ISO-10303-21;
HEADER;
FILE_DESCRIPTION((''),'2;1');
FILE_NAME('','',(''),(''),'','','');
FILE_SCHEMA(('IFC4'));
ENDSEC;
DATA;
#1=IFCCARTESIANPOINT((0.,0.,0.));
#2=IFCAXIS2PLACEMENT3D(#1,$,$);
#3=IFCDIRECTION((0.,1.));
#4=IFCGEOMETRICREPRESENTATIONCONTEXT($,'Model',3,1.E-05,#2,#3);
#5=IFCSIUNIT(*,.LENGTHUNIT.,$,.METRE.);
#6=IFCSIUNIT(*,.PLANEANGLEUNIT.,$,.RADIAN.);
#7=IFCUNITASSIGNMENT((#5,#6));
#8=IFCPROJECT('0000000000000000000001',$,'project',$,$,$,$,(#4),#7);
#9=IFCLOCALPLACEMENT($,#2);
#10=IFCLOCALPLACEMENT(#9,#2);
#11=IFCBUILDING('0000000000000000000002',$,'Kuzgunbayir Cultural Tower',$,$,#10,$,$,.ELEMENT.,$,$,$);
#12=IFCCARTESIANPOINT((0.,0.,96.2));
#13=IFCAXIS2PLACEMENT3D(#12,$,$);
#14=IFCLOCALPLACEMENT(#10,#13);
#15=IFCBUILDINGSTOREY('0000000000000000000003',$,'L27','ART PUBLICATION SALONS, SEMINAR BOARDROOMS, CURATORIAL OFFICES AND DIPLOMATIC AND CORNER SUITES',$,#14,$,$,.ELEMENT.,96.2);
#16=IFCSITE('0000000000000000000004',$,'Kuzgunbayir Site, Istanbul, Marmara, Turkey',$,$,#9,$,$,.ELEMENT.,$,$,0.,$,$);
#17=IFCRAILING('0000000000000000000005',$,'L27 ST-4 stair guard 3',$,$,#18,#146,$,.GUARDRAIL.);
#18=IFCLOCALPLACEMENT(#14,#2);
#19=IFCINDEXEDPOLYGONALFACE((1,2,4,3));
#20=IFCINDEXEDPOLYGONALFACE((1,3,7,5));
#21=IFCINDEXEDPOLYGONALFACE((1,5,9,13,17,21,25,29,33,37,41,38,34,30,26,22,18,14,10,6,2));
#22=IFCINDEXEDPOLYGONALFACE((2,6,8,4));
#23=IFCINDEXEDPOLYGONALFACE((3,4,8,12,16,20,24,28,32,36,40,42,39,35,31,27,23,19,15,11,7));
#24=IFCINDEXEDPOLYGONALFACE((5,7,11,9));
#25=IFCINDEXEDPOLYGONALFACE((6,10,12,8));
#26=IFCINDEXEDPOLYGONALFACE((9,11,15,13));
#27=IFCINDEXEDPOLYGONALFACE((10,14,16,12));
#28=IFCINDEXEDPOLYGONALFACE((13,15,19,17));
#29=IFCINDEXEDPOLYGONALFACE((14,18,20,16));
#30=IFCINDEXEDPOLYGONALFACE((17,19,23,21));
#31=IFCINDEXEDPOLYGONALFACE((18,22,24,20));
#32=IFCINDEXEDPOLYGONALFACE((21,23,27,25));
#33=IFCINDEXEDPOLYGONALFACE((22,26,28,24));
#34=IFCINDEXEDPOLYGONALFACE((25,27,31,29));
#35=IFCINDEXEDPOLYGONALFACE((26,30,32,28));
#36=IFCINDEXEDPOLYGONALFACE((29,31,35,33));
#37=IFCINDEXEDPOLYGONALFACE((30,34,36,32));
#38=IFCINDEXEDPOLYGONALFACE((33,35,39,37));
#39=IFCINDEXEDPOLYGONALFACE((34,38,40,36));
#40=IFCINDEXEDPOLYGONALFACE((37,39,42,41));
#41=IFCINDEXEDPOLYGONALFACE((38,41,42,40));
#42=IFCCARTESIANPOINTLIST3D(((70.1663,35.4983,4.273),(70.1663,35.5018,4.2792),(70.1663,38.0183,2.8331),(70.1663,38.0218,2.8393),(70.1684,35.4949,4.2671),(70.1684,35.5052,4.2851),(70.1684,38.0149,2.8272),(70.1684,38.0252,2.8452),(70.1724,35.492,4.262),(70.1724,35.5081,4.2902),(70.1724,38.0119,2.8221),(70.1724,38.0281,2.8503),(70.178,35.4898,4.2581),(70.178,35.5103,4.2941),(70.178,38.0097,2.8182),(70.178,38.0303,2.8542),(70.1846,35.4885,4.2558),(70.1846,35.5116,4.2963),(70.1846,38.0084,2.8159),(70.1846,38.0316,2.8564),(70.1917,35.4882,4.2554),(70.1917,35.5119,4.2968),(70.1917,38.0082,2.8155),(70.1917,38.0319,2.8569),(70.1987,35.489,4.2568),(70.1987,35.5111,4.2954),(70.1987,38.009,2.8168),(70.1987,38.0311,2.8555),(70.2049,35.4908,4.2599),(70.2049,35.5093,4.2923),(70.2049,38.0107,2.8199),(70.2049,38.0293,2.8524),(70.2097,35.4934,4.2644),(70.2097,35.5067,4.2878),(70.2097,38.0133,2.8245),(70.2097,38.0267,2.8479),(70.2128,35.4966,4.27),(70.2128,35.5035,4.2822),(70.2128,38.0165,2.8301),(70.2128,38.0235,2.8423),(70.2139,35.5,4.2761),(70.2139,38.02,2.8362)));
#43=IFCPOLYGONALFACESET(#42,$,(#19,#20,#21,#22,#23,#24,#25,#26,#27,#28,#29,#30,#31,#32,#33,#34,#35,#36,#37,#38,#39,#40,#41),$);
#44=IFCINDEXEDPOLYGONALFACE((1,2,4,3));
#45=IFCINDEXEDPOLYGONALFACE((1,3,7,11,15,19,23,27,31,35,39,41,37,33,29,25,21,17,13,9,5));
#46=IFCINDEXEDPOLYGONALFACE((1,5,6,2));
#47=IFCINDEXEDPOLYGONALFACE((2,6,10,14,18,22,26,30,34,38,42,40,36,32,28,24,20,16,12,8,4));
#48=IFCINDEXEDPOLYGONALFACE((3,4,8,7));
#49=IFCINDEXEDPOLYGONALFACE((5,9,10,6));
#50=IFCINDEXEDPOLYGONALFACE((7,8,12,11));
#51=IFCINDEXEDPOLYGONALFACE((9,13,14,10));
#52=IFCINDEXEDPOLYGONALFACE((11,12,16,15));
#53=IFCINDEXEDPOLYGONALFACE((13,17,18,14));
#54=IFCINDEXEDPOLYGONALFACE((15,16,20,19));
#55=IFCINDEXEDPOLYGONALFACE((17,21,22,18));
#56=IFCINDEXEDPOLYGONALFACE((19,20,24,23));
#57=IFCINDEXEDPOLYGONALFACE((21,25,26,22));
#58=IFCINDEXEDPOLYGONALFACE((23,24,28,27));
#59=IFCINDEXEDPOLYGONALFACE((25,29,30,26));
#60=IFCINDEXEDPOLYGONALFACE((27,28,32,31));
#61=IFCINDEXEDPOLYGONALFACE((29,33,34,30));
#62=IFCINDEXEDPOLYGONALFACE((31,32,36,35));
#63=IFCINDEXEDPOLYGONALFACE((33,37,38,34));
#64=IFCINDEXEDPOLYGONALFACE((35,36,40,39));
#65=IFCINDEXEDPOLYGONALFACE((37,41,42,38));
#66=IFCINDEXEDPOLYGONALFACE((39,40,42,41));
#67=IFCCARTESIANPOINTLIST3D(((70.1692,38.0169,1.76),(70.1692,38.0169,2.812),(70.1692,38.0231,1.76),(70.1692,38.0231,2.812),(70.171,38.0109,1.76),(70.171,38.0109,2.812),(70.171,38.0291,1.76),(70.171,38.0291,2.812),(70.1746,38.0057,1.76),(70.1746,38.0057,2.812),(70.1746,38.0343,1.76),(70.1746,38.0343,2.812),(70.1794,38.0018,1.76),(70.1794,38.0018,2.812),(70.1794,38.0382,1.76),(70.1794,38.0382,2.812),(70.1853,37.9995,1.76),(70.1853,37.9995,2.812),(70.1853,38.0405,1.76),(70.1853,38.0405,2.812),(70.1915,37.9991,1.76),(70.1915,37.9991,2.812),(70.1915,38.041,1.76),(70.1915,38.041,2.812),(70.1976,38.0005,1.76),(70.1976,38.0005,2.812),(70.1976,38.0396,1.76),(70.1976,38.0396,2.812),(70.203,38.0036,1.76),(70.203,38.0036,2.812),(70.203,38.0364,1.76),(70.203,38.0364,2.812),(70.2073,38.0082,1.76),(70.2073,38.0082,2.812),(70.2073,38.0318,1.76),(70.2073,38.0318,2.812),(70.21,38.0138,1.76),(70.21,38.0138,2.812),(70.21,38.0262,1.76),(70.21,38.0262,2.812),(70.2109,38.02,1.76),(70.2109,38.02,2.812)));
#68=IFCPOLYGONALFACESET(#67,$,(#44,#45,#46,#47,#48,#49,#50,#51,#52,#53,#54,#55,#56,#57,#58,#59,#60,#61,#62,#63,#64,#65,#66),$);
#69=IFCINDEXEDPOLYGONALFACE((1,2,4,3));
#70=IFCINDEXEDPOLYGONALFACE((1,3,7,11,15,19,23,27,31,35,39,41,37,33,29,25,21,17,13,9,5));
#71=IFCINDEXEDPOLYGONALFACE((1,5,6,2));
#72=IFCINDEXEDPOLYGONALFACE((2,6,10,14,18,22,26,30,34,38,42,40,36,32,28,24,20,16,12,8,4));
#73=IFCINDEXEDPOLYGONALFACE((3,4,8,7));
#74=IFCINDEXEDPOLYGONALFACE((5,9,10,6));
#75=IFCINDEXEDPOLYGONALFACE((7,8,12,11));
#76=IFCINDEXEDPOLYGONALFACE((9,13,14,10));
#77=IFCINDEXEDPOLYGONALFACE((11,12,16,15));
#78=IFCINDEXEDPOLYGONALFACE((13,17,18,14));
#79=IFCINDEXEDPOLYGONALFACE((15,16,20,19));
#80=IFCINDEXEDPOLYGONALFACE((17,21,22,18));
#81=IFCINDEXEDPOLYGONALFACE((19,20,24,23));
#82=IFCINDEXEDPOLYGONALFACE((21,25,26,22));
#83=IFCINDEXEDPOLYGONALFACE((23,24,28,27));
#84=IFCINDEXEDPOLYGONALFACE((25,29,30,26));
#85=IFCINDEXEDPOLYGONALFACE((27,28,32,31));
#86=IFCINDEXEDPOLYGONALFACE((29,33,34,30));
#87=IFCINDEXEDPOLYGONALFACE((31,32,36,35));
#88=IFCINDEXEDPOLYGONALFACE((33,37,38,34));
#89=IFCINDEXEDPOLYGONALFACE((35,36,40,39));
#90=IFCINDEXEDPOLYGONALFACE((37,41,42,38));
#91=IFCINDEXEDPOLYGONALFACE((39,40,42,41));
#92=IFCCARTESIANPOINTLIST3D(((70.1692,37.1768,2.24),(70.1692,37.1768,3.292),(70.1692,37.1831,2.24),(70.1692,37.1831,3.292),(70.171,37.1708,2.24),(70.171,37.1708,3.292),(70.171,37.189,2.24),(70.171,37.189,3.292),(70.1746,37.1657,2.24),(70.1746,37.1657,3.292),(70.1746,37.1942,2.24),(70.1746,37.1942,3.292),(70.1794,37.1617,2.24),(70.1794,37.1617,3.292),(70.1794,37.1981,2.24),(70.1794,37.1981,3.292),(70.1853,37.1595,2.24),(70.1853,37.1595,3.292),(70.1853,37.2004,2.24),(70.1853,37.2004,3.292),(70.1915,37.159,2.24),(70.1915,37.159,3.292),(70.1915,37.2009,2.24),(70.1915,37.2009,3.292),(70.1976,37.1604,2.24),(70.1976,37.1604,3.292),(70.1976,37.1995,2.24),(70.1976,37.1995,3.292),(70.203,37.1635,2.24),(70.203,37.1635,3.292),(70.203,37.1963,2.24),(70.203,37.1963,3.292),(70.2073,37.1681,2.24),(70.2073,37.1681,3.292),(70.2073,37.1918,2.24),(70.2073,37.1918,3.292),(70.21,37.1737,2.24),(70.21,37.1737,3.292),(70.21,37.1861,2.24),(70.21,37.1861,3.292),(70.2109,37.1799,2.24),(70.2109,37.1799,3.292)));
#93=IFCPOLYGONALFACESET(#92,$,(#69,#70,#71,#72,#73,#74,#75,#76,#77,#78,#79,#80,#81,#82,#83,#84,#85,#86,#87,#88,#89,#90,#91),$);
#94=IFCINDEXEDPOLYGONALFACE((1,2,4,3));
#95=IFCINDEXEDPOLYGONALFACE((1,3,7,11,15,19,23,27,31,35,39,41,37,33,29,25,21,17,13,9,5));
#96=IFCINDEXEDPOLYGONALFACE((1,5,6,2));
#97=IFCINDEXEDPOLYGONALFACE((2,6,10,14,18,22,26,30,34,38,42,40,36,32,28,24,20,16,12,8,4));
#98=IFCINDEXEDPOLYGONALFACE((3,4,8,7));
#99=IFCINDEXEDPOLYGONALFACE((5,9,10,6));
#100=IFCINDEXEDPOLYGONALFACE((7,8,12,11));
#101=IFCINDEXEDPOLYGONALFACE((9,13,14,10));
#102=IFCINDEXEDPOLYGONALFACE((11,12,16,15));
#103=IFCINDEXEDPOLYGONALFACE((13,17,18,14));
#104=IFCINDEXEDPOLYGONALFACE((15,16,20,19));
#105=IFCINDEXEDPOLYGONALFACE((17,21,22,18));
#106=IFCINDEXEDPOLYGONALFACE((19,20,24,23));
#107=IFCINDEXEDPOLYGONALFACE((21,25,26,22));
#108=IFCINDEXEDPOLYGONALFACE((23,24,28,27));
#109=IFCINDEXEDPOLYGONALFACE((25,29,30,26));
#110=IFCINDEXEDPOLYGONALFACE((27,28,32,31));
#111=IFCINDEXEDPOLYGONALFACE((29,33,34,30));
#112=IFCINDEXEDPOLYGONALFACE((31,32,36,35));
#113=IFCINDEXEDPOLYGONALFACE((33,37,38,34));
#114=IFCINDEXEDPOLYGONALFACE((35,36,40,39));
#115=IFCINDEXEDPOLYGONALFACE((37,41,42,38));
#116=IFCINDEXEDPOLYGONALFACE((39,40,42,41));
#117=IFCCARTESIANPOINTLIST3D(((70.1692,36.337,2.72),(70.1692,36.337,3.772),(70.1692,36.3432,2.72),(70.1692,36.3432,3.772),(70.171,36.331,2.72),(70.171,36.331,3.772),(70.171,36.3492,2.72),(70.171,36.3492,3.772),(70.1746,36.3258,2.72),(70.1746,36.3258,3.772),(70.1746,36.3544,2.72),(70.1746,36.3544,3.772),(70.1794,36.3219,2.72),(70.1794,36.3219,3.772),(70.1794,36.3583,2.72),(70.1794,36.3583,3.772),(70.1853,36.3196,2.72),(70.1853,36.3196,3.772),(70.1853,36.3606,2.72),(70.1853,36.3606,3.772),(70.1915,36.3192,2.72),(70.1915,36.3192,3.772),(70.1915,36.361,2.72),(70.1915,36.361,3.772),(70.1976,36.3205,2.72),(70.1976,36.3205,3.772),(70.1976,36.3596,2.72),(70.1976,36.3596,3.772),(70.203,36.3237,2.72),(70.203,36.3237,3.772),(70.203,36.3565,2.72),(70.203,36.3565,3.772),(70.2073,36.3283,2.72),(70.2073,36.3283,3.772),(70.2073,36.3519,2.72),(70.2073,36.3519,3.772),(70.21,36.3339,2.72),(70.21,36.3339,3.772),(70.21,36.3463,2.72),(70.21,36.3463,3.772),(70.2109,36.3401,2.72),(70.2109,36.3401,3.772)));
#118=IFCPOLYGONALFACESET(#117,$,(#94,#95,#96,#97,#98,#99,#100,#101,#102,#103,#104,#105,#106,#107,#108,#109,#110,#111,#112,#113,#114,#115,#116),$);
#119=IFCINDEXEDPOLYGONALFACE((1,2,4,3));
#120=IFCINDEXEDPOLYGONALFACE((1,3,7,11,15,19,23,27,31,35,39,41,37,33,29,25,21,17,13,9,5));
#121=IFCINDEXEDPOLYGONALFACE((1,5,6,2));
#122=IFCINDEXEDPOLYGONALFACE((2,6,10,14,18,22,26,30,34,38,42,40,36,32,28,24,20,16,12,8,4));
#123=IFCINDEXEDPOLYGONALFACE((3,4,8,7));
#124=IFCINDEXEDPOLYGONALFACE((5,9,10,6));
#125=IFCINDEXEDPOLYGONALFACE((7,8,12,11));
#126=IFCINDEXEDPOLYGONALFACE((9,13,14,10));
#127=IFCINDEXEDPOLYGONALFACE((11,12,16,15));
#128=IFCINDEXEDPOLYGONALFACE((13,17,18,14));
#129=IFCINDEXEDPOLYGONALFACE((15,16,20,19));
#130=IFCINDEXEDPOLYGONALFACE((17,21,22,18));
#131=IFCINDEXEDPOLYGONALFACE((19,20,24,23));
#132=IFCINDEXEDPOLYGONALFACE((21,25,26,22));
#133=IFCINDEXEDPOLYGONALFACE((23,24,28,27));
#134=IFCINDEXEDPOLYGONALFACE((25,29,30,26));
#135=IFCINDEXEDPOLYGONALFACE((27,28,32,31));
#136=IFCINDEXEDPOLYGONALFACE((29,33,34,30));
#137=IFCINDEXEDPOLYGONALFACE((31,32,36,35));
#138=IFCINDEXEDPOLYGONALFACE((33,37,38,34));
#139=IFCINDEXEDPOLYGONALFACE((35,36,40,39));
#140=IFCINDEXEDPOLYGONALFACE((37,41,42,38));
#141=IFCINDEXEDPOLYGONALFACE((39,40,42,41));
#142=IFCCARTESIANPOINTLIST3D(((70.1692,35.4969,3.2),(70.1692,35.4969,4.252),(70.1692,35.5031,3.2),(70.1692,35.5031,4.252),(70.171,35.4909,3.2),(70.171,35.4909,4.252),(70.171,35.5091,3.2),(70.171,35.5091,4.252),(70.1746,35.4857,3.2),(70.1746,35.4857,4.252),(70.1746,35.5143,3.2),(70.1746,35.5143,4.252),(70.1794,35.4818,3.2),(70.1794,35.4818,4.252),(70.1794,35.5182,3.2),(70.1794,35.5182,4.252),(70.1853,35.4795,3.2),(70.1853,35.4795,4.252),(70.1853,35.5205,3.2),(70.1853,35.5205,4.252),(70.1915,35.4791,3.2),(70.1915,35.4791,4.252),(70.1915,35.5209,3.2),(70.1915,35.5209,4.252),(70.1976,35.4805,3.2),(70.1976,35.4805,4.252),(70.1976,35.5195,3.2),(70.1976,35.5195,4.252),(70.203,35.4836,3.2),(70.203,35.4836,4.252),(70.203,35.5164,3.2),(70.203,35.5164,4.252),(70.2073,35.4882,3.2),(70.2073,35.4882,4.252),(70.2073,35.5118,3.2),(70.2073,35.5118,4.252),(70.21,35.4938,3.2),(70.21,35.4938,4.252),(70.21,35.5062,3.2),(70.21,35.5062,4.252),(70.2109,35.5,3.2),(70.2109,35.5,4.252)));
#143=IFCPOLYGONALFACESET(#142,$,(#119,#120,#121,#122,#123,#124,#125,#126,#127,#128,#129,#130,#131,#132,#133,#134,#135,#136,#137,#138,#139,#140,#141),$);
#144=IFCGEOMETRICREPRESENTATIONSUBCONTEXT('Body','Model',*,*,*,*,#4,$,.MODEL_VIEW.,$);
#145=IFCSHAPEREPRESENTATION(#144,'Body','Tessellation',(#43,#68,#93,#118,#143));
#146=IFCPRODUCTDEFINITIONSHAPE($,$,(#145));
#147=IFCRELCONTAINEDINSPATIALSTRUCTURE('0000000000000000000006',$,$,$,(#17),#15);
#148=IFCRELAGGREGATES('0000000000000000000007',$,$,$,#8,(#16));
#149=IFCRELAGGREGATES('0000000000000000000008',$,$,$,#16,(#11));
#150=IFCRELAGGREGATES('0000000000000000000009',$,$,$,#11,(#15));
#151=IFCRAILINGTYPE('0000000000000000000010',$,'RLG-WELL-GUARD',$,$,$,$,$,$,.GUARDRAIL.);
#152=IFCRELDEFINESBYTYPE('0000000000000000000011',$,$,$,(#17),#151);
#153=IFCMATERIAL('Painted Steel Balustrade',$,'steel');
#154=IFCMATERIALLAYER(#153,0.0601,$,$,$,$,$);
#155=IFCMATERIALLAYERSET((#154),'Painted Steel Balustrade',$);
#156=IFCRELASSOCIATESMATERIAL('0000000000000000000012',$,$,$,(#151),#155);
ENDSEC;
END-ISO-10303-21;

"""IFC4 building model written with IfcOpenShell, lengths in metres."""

from ifc_helpers import new_model, si_unit, direction, frame, origin, origin_2d, place, context, subcontext, project, spatial, circle, extrude, material, layer, layer_set, type_object, element, save


model = new_model("IFC4")

# Units and contexts
model_context = context("Model", 3, precision=1e-05, world=origin(), true_north=direction((0.0, 1.0)))
body_context = subcontext(model_context, "Body", "Model", "MODEL_VIEW")
ifc_project = project(units=[si_unit("LENGTHUNIT", "METRE"), si_unit("PLANEANGLEUNIT", "RADIAN")], contexts=[model_context])

# Site, building, storey
site_placement = place(None, origin())
site = spatial("IfcSite", under=ifc_project, at=site_placement, Name="Kuzgunbayir Site, Istanbul, Marmara, Turkey", CompositionType="ELEMENT", RefElevation=0.0)
building_placement = place(site_placement, origin())
building = spatial("IfcBuilding", under=site, at=building_placement, Name="Kuzgunbayir Cultural Tower", CompositionType="ELEMENT")
storey_placement = place(building_placement, frame((0.0, 0.0, 96.2)))
storey = spatial("IfcBuildingStorey", under=building, at=storey_placement, Name="L27", Description="ART PUBLICATION SALONS, SEMINAR BOARDROOMS, CURATORIAL OFFICES AND DIPLOMATIC AND CORNER SUITES", CompositionType="ELEMENT", Elevation=96.2)

# Railing
ifc_material_1 = material(Name="Painted Steel Balustrade", Category="steel")
ifc_layer_1 = layer(ifc_material_1, 0.0601)
ifc_layer_set_1 = layer_set([ifc_layer_1], Name="Painted Steel Balustrade")
railing_type_1 = type_object("IfcRailingType", Name="RLG-WELL-GUARD", PredefinedType="GUARDRAIL", material=ifc_layer_set_1)
railing_1_placement = place(storey_placement, frame((70.1899, 38.02, 1.76)))
element("IfcRailing", 1, at=railing_1_placement, inside=storey, type_object=railing_type_1, Name="L27 ST-4 stair guard 3", PredefinedType="GUARDRAIL", context=body_context, shape_type="SweptSolid", body=[
    extrude(circle(Radius=0.0239, at=origin_2d()), frame((0.0, 0.0, 1.0762), z_axis=(0.0, -0.868253, 0.496121), x_axis=(1.0, 0.0, 0.0)), (0.0, 0.0, 1.0), 2.9023),
    extrude(circle(Radius=0.021, at=origin_2d()), origin(), (0.0, 0.0, 1.0), 1.052),
    extrude(circle(Radius=0.021, at=origin_2d()), frame((0.0, -0.8401, 0.48)), (0.0, 0.0, 1.0), 1.052),
    extrude(circle(Radius=0.021, at=origin_2d()), frame((0.0, -1.6799, 0.96)), (0.0, 0.0, 1.0), 1.052),
    extrude(circle(Radius=0.021, at=origin_2d()), frame((0.0, -2.52, 1.4399)), (0.0, 0.0, 1.0), 1.052),
])

save(model, "model.ifc")
